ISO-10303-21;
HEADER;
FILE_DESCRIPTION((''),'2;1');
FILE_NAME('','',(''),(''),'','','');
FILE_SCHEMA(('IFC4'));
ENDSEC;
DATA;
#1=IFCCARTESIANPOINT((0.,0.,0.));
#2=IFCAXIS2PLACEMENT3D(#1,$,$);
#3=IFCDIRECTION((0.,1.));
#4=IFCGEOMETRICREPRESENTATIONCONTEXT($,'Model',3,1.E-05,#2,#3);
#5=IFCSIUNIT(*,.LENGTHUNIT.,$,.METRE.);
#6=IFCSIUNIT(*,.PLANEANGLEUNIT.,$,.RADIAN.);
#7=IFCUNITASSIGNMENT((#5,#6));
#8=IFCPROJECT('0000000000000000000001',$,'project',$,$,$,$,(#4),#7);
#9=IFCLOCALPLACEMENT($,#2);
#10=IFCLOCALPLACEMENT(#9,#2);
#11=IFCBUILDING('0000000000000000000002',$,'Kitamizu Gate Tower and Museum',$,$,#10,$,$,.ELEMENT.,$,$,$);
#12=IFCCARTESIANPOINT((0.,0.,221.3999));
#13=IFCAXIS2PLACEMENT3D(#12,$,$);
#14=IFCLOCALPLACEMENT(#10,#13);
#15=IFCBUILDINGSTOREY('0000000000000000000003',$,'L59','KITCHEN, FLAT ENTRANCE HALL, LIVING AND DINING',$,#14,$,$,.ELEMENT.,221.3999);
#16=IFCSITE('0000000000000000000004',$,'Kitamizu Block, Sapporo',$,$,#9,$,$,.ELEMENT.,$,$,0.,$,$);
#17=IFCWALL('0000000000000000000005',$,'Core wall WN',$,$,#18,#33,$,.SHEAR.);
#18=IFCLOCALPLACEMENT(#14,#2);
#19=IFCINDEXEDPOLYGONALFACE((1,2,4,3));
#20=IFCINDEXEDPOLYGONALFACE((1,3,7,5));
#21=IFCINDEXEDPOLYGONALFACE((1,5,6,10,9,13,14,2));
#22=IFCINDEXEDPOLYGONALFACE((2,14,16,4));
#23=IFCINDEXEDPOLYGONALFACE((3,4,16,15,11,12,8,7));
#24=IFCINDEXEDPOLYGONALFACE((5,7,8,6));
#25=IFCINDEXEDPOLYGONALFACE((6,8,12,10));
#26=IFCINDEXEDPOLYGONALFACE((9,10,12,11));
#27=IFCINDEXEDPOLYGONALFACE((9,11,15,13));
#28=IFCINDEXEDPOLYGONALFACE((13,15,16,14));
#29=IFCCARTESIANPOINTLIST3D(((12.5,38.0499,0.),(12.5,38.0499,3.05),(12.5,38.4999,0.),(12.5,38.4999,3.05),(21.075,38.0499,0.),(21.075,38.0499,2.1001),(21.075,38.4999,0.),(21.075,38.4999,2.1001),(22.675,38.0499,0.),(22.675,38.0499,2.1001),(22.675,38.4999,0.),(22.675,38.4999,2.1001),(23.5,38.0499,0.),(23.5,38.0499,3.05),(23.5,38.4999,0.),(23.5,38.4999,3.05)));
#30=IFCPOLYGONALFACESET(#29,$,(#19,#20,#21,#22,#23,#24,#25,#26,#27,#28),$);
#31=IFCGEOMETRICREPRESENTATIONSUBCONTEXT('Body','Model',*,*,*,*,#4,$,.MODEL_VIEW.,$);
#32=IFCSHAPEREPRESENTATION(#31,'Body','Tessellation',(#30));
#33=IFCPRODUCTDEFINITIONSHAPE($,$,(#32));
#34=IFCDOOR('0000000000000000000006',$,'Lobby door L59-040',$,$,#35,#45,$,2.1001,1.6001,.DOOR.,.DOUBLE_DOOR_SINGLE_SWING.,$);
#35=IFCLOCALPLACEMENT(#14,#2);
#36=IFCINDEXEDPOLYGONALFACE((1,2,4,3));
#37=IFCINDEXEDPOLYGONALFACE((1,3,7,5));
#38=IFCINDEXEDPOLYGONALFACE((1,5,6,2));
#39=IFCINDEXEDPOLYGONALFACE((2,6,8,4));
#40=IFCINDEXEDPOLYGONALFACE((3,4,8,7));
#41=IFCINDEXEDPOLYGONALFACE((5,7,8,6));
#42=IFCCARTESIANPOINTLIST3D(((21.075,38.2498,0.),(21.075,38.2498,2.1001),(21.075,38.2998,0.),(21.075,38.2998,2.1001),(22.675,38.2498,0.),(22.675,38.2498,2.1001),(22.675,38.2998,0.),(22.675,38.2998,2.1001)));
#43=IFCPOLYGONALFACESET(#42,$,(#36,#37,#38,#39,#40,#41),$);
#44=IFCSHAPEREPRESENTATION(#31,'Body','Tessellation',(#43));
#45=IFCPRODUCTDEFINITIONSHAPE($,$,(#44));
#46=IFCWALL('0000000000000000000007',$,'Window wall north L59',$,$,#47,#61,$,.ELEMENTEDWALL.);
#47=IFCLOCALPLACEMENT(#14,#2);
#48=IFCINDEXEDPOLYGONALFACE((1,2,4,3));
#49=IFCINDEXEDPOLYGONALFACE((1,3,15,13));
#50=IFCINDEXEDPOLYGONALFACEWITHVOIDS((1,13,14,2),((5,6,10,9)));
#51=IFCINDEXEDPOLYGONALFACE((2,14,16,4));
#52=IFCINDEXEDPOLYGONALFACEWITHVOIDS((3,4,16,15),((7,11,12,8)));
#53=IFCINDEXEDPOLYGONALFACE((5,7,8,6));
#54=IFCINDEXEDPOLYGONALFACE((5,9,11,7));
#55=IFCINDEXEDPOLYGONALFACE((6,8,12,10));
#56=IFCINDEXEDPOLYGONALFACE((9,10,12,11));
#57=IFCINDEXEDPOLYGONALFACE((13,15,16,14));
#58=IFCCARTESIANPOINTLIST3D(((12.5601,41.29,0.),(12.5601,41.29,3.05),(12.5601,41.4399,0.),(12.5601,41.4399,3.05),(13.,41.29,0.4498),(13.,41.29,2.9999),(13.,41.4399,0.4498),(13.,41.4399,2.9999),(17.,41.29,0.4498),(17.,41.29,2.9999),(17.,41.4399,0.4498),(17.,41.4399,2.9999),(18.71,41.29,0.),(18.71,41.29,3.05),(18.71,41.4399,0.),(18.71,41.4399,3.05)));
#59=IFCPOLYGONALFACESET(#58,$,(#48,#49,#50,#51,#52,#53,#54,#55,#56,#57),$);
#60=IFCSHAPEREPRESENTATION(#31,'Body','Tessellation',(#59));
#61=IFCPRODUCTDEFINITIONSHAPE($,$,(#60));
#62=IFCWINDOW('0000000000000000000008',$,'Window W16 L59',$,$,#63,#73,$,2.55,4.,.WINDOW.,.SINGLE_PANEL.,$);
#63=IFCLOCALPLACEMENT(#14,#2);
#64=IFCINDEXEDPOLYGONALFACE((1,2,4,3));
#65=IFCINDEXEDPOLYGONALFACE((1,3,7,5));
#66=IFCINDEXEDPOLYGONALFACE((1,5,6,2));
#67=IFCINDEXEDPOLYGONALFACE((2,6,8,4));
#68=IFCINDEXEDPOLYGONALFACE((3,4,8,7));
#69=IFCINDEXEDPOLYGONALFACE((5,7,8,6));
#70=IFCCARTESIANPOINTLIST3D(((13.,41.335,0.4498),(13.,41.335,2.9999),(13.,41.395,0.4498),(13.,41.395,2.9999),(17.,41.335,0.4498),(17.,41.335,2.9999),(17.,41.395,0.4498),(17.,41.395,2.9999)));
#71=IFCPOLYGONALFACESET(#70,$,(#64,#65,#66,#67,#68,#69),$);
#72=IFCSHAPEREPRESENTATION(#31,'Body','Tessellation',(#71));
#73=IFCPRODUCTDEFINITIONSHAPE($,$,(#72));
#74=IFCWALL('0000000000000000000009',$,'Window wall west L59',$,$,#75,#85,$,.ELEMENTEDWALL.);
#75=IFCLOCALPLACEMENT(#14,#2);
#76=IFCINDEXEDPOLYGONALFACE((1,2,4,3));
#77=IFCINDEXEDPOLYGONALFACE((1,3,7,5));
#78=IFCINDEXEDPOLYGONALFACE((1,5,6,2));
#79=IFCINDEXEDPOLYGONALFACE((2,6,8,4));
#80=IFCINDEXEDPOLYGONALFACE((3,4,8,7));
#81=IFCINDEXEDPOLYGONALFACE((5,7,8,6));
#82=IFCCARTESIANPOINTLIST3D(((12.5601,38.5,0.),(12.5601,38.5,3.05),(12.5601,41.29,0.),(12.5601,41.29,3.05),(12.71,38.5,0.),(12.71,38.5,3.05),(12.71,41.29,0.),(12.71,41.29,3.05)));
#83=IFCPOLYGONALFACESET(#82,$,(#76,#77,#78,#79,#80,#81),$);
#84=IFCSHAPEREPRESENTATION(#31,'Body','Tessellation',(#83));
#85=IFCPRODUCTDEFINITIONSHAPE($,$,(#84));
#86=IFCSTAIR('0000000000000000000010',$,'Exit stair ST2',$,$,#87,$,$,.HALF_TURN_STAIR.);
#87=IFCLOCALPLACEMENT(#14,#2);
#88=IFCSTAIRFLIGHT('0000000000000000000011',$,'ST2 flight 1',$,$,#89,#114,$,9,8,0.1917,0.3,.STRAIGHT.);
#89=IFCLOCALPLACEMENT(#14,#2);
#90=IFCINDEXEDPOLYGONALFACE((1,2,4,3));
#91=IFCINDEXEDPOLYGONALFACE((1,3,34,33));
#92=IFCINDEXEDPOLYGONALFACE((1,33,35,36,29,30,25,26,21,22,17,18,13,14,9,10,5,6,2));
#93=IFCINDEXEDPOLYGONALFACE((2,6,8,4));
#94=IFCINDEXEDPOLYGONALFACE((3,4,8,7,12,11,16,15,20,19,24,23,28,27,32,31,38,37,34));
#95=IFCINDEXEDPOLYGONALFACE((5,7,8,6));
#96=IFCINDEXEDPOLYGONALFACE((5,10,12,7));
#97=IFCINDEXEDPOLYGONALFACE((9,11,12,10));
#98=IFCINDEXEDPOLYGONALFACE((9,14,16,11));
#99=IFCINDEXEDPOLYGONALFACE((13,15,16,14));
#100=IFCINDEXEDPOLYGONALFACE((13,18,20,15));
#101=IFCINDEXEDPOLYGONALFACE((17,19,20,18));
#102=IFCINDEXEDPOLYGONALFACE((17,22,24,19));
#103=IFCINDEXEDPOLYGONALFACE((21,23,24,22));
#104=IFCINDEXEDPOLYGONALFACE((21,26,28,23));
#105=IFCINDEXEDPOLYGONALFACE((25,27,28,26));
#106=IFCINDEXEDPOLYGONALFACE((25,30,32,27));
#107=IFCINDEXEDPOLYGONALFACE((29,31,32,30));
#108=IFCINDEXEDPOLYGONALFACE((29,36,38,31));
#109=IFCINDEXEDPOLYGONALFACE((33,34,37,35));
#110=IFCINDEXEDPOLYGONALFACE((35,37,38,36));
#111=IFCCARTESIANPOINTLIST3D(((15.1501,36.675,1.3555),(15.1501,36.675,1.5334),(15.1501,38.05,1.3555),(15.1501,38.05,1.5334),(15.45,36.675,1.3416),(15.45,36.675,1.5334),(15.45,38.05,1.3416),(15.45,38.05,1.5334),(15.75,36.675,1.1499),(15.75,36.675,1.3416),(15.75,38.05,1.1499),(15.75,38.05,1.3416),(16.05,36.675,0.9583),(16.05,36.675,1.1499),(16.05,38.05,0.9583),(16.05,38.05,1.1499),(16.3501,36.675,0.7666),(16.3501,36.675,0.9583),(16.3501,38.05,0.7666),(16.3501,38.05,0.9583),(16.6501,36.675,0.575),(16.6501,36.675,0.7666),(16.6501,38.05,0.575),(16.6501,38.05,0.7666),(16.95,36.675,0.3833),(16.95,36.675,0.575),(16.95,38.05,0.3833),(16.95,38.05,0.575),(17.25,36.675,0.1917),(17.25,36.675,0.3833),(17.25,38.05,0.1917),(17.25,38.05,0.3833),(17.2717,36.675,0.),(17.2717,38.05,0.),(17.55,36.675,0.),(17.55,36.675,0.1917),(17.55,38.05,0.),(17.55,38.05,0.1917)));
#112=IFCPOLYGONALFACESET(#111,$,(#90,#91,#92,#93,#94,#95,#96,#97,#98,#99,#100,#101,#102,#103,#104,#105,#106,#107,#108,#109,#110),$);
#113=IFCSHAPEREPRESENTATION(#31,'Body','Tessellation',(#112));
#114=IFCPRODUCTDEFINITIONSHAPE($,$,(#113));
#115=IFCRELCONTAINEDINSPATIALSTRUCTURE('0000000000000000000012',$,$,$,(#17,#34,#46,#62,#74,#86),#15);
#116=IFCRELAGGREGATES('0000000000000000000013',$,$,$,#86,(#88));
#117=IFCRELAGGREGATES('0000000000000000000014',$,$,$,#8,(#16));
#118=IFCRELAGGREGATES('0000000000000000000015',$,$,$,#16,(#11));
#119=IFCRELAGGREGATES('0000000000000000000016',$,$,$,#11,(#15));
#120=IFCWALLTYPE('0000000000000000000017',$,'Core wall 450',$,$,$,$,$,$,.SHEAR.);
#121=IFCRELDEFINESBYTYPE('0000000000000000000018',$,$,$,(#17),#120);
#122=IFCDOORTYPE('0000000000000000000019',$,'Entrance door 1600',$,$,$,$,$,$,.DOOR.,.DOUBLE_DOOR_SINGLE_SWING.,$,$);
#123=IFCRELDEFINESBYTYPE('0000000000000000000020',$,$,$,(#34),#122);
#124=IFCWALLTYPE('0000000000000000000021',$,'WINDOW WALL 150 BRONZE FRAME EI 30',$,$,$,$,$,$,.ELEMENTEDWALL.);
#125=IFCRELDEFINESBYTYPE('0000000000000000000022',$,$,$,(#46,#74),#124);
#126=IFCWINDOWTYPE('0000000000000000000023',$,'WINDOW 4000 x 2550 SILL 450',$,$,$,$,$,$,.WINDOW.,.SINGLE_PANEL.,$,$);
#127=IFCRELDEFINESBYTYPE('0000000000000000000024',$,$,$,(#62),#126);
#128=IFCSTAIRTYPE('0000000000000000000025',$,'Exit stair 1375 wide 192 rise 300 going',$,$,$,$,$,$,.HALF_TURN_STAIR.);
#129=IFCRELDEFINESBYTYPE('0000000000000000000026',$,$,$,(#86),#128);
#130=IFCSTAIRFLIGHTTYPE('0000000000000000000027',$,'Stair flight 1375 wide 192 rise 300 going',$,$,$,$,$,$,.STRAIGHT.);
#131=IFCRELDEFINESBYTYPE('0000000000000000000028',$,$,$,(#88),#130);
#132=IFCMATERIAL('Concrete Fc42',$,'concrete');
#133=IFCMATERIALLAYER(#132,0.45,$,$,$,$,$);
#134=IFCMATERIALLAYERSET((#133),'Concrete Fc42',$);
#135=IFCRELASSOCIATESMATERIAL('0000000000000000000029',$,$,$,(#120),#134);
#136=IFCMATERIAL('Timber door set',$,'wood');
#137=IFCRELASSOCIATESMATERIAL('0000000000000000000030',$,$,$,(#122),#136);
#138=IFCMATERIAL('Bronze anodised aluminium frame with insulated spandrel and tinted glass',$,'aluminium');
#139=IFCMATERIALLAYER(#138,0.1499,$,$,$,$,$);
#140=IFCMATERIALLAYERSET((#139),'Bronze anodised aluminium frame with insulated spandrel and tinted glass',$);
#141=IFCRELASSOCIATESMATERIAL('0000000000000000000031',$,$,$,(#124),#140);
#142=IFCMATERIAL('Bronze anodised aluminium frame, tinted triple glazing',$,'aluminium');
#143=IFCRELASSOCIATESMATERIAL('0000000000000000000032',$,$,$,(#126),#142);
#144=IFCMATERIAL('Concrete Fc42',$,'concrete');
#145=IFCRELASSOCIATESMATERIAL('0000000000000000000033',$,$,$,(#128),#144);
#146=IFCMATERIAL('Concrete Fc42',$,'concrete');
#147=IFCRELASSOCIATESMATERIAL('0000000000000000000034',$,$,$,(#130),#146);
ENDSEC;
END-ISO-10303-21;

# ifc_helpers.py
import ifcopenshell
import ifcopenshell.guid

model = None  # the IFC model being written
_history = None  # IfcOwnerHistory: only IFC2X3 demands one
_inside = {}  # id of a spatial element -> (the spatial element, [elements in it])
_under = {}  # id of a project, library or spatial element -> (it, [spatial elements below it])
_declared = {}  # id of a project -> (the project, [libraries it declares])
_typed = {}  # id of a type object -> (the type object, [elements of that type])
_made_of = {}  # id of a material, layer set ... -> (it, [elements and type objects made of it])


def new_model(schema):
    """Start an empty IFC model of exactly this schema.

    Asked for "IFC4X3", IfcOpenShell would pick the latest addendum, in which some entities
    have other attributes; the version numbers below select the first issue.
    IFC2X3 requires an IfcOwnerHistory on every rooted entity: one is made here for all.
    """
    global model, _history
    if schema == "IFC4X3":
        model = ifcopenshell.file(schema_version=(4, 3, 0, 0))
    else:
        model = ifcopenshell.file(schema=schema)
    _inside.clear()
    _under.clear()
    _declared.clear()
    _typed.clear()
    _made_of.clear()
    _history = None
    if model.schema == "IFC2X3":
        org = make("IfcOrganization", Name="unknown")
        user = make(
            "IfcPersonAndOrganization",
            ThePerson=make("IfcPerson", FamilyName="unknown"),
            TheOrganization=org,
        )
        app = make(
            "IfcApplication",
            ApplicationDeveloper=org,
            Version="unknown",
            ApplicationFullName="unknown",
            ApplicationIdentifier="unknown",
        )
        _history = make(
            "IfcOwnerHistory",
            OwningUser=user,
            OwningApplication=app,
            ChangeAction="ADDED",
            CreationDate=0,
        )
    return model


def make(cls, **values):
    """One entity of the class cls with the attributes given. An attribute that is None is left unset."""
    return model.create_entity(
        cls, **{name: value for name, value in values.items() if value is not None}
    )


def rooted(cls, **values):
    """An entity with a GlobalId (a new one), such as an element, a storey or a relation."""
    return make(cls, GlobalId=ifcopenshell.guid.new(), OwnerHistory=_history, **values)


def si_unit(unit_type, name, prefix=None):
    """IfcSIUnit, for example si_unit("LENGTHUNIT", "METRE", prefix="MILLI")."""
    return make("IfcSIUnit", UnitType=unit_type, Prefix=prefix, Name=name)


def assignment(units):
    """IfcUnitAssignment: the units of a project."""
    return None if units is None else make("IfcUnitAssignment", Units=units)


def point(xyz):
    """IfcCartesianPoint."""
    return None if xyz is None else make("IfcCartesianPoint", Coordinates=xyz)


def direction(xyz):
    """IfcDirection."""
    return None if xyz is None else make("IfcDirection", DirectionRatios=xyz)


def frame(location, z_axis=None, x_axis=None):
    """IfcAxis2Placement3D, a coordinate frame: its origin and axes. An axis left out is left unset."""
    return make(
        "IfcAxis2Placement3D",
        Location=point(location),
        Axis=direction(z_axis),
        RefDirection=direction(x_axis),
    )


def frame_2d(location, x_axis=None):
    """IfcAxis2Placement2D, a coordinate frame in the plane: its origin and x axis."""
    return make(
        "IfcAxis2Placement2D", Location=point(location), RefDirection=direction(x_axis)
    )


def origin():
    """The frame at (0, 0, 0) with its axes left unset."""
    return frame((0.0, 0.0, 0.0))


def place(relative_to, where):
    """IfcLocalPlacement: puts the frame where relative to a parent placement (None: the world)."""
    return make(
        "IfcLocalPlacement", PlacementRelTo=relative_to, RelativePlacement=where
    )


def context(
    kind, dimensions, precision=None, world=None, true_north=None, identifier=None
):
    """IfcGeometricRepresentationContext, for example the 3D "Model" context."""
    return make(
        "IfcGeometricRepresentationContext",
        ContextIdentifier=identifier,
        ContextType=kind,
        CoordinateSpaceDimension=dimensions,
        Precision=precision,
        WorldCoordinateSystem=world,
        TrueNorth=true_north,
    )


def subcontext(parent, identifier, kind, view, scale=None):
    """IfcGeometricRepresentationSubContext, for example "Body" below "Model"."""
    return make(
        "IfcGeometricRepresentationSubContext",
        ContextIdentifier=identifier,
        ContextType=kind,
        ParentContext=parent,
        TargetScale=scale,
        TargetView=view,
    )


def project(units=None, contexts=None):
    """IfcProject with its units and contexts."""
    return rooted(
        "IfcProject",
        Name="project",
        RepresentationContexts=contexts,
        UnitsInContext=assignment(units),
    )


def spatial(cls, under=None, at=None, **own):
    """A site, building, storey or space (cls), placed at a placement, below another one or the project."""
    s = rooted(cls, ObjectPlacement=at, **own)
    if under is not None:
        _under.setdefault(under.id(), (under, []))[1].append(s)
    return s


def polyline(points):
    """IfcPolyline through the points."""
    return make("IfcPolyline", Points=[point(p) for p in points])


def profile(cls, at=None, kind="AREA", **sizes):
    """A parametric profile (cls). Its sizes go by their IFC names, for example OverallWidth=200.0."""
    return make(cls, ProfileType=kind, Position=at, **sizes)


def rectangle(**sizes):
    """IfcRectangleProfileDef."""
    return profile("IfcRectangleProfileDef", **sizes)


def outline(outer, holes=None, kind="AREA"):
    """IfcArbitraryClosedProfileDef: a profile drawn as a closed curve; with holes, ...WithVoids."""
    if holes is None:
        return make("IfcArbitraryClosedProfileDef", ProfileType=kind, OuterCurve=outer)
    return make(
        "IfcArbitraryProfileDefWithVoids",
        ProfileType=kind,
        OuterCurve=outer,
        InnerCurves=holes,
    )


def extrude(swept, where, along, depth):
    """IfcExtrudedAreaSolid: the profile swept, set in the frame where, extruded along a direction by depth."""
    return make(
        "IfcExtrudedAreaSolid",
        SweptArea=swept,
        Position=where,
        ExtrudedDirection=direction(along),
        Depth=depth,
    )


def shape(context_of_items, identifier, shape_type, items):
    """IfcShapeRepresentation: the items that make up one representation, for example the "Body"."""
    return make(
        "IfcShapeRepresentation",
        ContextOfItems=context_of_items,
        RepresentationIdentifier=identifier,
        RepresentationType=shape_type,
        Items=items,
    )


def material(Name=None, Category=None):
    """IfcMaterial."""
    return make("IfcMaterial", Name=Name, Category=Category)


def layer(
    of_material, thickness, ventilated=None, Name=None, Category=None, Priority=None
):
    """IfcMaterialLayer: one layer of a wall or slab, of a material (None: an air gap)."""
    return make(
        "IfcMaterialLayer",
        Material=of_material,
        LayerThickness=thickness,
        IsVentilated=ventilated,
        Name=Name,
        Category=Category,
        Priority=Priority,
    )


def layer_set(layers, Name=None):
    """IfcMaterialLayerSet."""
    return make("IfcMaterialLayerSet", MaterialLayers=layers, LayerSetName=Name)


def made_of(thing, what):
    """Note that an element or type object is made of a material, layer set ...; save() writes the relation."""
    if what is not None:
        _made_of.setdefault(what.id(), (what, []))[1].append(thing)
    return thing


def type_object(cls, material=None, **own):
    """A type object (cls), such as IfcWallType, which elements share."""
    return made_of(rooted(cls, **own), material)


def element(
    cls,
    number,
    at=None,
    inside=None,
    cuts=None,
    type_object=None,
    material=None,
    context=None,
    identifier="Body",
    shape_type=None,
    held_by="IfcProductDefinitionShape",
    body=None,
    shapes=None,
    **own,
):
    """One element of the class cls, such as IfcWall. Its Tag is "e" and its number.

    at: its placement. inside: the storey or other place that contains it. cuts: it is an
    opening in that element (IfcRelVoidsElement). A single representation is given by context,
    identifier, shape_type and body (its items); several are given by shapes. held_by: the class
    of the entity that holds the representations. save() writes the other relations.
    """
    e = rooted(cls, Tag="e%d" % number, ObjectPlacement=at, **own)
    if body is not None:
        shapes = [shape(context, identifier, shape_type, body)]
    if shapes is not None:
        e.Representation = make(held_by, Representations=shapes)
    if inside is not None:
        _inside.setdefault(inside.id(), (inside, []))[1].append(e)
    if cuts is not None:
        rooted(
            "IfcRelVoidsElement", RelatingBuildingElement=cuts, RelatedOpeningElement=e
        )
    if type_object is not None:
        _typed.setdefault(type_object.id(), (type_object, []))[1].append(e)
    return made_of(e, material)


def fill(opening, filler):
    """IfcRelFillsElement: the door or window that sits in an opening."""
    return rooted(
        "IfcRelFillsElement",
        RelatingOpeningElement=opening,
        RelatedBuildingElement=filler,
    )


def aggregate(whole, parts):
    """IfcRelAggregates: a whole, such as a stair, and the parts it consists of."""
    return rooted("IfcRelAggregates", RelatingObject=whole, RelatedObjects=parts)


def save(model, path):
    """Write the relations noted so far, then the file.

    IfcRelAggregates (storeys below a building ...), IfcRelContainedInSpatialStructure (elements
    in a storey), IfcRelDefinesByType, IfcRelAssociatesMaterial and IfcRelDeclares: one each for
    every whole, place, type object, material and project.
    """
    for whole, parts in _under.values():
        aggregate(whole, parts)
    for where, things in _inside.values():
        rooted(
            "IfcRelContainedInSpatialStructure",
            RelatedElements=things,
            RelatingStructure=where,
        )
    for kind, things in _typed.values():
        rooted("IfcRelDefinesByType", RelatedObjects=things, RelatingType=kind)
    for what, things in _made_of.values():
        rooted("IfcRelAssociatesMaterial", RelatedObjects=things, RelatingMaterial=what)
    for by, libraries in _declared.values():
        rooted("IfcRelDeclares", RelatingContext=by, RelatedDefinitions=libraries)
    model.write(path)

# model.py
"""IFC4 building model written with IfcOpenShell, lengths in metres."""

from ifc_helpers import new_model, si_unit, direction, frame, frame_2d, origin, place, context, subcontext, project, spatial, polyline, rectangle, outline, extrude, material, layer, layer_set, type_object, element, fill, aggregate, save


model = new_model("IFC4")

# Units and contexts
model_context = context("Model", 3, precision=1e-05, world=origin(), true_north=direction((0.0, 1.0)))
body_context = subcontext(model_context, "Body", "Model", "MODEL_VIEW")
ifc_project = project(units=[si_unit("LENGTHUNIT", "METRE"), si_unit("PLANEANGLEUNIT", "RADIAN")], contexts=[model_context])

# Site, building, storey
site_placement = place(None, origin())
site = spatial("IfcSite", under=ifc_project, at=site_placement, Name="Kitamizu Block, Sapporo", CompositionType="ELEMENT", RefElevation=0.0)
building_placement = place(site_placement, origin())
building = spatial("IfcBuilding", under=site, at=building_placement, Name="Kitamizu Gate Tower and Museum", CompositionType="ELEMENT")
storey_placement = place(building_placement, frame((0.0, 0.0, 221.3999)))
storey = spatial("IfcBuildingStorey", under=building, at=storey_placement, Name="L59", Description="KITCHEN, FLAT ENTRANCE HALL, LIVING AND DINING", CompositionType="ELEMENT", Elevation=221.3999)

# Wall, opening, door
ifc_material_1 = material(Name="Concrete Fc42", Category="concrete")
ifc_layer_1 = layer(ifc_material_1, 0.45)
ifc_layer_set_1 = layer_set([ifc_layer_1], Name="Concrete Fc42")
wall_type_1 = type_object("IfcWallType", Name="Core wall 450", PredefinedType="SHEAR", material=ifc_layer_set_1)
wall_1_placement = place(storey_placement, frame((12.5, 38.2749, 0.0), z_axis=(0.0, 0.0, 1.0), x_axis=(1.0, 0.0, 0.0)))
wall_1 = element("IfcWall", 1, at=wall_1_placement, inside=storey, type_object=wall_type_1, Name="Core wall WN", PredefinedType="SHEAR", context=body_context, shape_type="SweptSolid", body=[
    extrude(rectangle(XDim=11.0, YDim=0.45, at=frame_2d((5.5, 0.0))), origin(), (0.0, 0.0, 1.0), 3.05),
])
opening_1_placement = place(wall_1_placement, frame((8.575, 0.0, 0.0)))
opening_1 = element("IfcOpeningElement", 2, at=opening_1_placement, cuts=wall_1, PredefinedType="OPENING", context=body_context, shape_type="SweptSolid", body=[
    extrude(rectangle(XDim=1.6001, YDim=2.1001, at=frame_2d((0.8, 1.05))), frame((0.0, 0.2349, 0.0), z_axis=(0.0, -1.0, 0.0), x_axis=(1.0, 0.0, 0.0)), (0.0, 0.0, 1.0), 0.47),
])
ifc_material_2 = material(Name="Timber door set", Category="wood")
door_type = type_object("IfcDoorType", Name="Entrance door 1600", OperationType="DOUBLE_DOOR_SINGLE_SWING", PredefinedType="DOOR", material=ifc_material_2)
door_placement = place(opening_1_placement, origin())
door = element("IfcDoor", 3, at=door_placement, inside=storey, type_object=door_type, Name="Lobby door L59-040", OperationType="DOUBLE_DOOR_SINGLE_SWING", OverallHeight=2.1001, OverallWidth=1.6001, PredefinedType="DOOR", context=body_context, shape_type="SweptSolid", body=[
    extrude(rectangle(XDim=1.6001, YDim=2.1001, at=frame_2d((0.8, 1.05))), frame((0.0, 0.0249, 0.0), z_axis=(0.0, -1.0, 0.0), x_axis=(1.0, 0.0, 0.0)), (0.0, 0.0, 1.0), 0.05),
])
fill(opening_1, door)

# Shared definitions
ifc_material_3 = material(Name="Bronze anodised aluminium frame with insulated spandrel and tinted glass", Category="aluminium")
ifc_layer_2 = layer(ifc_material_3, 0.1499)
ifc_layer_set_2 = layer_set([ifc_layer_2], Name="Bronze anodised aluminium frame with insulated spandrel and tinted glass")
wall_type_2 = type_object("IfcWallType", Name="WINDOW WALL 150 BRONZE FRAME EI 30", PredefinedType="ELEMENTEDWALL", material=ifc_layer_set_2)

# Wall, opening, window
wall_2_placement = place(storey_placement, frame((12.5601, 41.365, 0.0), z_axis=(0.0, 0.0, 1.0), x_axis=(1.0, 0.0, 0.0)))
wall_2 = element("IfcWall", 4, at=wall_2_placement, inside=storey, type_object=wall_type_2, Name="Window wall north L59", PredefinedType="ELEMENTEDWALL", context=body_context, shape_type="SweptSolid", body=[
    extrude(rectangle(XDim=6.1499, YDim=0.1499, at=frame_2d((3.075, 0.0))), origin(), (0.0, 0.0, 1.0), 3.05),
])
opening_2_placement = place(wall_2_placement, frame((0.4399, 0.0, 0.45)))
opening_2 = element("IfcOpeningElement", 5, at=opening_2_placement, cuts=wall_2, PredefinedType="OPENING", context=body_context, shape_type="SweptSolid", body=[
    extrude(rectangle(XDim=4.0, YDim=2.55, at=frame_2d((2.0, 1.2749))), frame((0.0, 0.085, 0.0), z_axis=(0.0, -1.0, 0.0), x_axis=(1.0, 0.0, 0.0)), (0.0, 0.0, 1.0), 0.1699),
])
ifc_material_4 = material(Name="Bronze anodised aluminium frame, tinted triple glazing", Category="aluminium")
window_type_1 = type_object("IfcWindowType", Name="WINDOW 4000 x 2550 SILL 450", PartitioningType="SINGLE_PANEL", PredefinedType="WINDOW", material=ifc_material_4)
window_1_placement = place(opening_2_placement, origin())
window_1 = element("IfcWindow", 6, at=window_1_placement, inside=storey, type_object=window_type_1, Name="Window W16 L59", OverallHeight=2.55, OverallWidth=4.0, PartitioningType="SINGLE_PANEL", PredefinedType="WINDOW", context=body_context, shape_type="SweptSolid", body=[
    extrude(rectangle(XDim=4.0, YDim=2.55, at=frame_2d((2.0, 1.2749))), frame((0.0, 0.03, 0.0), z_axis=(0.0, -1.0, 0.0), x_axis=(1.0, 0.0, 0.0)), (0.0, 0.0, 1.0), 0.0601),
])
fill(opening_2, window_1)

# Wall
wall_3_placement = place(storey_placement, frame((12.635, 38.5, 0.0), z_axis=(0.0, 0.0, 1.0), x_axis=(0.0, 1.0, 0.0)))
element("IfcWall", 7, at=wall_3_placement, inside=storey, type_object=wall_type_2, Name="Window wall west L59", PredefinedType="ELEMENTEDWALL", context=body_context, shape_type="SweptSolid", body=[
    extrude(rectangle(XDim=2.79, YDim=0.1499, at=frame_2d((1.395, 0.0))), origin(), (0.0, 0.0, 1.0), 3.05),
])

# Stair, stair flight
ifc_material_5 = material(Name="Concrete Fc42", Category="concrete")
stair_type = type_object("IfcStairType", Name="Exit stair 1375 wide 192 rise 300 going", PredefinedType="HALF_TURN_STAIR", material=ifc_material_5)
stair_placement = place(storey_placement, origin())
stair = element("IfcStair", 8, at=stair_placement, inside=storey, type_object=stair_type, Name="Exit stair ST2", PredefinedType="HALF_TURN_STAIR")
ifc_material_6 = material(Name="Concrete Fc42", Category="concrete")
stair_flight_type = type_object("IfcStairFlightType", Name="Stair flight 1375 wide 192 rise 300 going", PredefinedType="STRAIGHT", material=ifc_material_6)
stair_flight_placement = place(storey_placement, frame((17.55, 37.3625, 0.0), z_axis=(0.0, 0.0, 1.0), x_axis=(-1.0, 0.0, 0.0)))
stair_flight = element("IfcStairFlight", 9, at=stair_flight_placement, type_object=stair_flight_type, Name="ST2 flight 1", NumberOfRisers=9, NumberOfTreads=8, PredefinedType="STRAIGHT", RiserHeight=0.1917, TreadLength=0.3, context=body_context, shape_type="SweptSolid", body=[
    extrude(outline(polyline([(0.0, 0.0), (0.0, 0.1917), (0.3, 0.1917), (0.3, 0.3833), (0.6001, 0.3833), (0.6001, 0.575), (0.8999, 0.575), (0.8999, 0.7666), (1.2, 0.7666), (1.2, 0.9583), (1.5, 0.9583), (1.5, 1.1499), (1.8, 1.1499), (1.8, 1.3416), (2.1001, 1.3416), (2.1001, 1.5334), (2.3999, 1.5334), (2.3999, 1.7251), (2.3999, 1.3555), (0.2783, 0.0), (0.0, 0.0)])), frame((0.0, 0.6875, 0.0), z_axis=(0.0, -1.0, 0.0), x_axis=(1.0, 0.0, 0.0)), (0.0, 0.0, 1.0), 1.375),
])
aggregate(stair, [stair_flight])

save(model, "model.ifc")
